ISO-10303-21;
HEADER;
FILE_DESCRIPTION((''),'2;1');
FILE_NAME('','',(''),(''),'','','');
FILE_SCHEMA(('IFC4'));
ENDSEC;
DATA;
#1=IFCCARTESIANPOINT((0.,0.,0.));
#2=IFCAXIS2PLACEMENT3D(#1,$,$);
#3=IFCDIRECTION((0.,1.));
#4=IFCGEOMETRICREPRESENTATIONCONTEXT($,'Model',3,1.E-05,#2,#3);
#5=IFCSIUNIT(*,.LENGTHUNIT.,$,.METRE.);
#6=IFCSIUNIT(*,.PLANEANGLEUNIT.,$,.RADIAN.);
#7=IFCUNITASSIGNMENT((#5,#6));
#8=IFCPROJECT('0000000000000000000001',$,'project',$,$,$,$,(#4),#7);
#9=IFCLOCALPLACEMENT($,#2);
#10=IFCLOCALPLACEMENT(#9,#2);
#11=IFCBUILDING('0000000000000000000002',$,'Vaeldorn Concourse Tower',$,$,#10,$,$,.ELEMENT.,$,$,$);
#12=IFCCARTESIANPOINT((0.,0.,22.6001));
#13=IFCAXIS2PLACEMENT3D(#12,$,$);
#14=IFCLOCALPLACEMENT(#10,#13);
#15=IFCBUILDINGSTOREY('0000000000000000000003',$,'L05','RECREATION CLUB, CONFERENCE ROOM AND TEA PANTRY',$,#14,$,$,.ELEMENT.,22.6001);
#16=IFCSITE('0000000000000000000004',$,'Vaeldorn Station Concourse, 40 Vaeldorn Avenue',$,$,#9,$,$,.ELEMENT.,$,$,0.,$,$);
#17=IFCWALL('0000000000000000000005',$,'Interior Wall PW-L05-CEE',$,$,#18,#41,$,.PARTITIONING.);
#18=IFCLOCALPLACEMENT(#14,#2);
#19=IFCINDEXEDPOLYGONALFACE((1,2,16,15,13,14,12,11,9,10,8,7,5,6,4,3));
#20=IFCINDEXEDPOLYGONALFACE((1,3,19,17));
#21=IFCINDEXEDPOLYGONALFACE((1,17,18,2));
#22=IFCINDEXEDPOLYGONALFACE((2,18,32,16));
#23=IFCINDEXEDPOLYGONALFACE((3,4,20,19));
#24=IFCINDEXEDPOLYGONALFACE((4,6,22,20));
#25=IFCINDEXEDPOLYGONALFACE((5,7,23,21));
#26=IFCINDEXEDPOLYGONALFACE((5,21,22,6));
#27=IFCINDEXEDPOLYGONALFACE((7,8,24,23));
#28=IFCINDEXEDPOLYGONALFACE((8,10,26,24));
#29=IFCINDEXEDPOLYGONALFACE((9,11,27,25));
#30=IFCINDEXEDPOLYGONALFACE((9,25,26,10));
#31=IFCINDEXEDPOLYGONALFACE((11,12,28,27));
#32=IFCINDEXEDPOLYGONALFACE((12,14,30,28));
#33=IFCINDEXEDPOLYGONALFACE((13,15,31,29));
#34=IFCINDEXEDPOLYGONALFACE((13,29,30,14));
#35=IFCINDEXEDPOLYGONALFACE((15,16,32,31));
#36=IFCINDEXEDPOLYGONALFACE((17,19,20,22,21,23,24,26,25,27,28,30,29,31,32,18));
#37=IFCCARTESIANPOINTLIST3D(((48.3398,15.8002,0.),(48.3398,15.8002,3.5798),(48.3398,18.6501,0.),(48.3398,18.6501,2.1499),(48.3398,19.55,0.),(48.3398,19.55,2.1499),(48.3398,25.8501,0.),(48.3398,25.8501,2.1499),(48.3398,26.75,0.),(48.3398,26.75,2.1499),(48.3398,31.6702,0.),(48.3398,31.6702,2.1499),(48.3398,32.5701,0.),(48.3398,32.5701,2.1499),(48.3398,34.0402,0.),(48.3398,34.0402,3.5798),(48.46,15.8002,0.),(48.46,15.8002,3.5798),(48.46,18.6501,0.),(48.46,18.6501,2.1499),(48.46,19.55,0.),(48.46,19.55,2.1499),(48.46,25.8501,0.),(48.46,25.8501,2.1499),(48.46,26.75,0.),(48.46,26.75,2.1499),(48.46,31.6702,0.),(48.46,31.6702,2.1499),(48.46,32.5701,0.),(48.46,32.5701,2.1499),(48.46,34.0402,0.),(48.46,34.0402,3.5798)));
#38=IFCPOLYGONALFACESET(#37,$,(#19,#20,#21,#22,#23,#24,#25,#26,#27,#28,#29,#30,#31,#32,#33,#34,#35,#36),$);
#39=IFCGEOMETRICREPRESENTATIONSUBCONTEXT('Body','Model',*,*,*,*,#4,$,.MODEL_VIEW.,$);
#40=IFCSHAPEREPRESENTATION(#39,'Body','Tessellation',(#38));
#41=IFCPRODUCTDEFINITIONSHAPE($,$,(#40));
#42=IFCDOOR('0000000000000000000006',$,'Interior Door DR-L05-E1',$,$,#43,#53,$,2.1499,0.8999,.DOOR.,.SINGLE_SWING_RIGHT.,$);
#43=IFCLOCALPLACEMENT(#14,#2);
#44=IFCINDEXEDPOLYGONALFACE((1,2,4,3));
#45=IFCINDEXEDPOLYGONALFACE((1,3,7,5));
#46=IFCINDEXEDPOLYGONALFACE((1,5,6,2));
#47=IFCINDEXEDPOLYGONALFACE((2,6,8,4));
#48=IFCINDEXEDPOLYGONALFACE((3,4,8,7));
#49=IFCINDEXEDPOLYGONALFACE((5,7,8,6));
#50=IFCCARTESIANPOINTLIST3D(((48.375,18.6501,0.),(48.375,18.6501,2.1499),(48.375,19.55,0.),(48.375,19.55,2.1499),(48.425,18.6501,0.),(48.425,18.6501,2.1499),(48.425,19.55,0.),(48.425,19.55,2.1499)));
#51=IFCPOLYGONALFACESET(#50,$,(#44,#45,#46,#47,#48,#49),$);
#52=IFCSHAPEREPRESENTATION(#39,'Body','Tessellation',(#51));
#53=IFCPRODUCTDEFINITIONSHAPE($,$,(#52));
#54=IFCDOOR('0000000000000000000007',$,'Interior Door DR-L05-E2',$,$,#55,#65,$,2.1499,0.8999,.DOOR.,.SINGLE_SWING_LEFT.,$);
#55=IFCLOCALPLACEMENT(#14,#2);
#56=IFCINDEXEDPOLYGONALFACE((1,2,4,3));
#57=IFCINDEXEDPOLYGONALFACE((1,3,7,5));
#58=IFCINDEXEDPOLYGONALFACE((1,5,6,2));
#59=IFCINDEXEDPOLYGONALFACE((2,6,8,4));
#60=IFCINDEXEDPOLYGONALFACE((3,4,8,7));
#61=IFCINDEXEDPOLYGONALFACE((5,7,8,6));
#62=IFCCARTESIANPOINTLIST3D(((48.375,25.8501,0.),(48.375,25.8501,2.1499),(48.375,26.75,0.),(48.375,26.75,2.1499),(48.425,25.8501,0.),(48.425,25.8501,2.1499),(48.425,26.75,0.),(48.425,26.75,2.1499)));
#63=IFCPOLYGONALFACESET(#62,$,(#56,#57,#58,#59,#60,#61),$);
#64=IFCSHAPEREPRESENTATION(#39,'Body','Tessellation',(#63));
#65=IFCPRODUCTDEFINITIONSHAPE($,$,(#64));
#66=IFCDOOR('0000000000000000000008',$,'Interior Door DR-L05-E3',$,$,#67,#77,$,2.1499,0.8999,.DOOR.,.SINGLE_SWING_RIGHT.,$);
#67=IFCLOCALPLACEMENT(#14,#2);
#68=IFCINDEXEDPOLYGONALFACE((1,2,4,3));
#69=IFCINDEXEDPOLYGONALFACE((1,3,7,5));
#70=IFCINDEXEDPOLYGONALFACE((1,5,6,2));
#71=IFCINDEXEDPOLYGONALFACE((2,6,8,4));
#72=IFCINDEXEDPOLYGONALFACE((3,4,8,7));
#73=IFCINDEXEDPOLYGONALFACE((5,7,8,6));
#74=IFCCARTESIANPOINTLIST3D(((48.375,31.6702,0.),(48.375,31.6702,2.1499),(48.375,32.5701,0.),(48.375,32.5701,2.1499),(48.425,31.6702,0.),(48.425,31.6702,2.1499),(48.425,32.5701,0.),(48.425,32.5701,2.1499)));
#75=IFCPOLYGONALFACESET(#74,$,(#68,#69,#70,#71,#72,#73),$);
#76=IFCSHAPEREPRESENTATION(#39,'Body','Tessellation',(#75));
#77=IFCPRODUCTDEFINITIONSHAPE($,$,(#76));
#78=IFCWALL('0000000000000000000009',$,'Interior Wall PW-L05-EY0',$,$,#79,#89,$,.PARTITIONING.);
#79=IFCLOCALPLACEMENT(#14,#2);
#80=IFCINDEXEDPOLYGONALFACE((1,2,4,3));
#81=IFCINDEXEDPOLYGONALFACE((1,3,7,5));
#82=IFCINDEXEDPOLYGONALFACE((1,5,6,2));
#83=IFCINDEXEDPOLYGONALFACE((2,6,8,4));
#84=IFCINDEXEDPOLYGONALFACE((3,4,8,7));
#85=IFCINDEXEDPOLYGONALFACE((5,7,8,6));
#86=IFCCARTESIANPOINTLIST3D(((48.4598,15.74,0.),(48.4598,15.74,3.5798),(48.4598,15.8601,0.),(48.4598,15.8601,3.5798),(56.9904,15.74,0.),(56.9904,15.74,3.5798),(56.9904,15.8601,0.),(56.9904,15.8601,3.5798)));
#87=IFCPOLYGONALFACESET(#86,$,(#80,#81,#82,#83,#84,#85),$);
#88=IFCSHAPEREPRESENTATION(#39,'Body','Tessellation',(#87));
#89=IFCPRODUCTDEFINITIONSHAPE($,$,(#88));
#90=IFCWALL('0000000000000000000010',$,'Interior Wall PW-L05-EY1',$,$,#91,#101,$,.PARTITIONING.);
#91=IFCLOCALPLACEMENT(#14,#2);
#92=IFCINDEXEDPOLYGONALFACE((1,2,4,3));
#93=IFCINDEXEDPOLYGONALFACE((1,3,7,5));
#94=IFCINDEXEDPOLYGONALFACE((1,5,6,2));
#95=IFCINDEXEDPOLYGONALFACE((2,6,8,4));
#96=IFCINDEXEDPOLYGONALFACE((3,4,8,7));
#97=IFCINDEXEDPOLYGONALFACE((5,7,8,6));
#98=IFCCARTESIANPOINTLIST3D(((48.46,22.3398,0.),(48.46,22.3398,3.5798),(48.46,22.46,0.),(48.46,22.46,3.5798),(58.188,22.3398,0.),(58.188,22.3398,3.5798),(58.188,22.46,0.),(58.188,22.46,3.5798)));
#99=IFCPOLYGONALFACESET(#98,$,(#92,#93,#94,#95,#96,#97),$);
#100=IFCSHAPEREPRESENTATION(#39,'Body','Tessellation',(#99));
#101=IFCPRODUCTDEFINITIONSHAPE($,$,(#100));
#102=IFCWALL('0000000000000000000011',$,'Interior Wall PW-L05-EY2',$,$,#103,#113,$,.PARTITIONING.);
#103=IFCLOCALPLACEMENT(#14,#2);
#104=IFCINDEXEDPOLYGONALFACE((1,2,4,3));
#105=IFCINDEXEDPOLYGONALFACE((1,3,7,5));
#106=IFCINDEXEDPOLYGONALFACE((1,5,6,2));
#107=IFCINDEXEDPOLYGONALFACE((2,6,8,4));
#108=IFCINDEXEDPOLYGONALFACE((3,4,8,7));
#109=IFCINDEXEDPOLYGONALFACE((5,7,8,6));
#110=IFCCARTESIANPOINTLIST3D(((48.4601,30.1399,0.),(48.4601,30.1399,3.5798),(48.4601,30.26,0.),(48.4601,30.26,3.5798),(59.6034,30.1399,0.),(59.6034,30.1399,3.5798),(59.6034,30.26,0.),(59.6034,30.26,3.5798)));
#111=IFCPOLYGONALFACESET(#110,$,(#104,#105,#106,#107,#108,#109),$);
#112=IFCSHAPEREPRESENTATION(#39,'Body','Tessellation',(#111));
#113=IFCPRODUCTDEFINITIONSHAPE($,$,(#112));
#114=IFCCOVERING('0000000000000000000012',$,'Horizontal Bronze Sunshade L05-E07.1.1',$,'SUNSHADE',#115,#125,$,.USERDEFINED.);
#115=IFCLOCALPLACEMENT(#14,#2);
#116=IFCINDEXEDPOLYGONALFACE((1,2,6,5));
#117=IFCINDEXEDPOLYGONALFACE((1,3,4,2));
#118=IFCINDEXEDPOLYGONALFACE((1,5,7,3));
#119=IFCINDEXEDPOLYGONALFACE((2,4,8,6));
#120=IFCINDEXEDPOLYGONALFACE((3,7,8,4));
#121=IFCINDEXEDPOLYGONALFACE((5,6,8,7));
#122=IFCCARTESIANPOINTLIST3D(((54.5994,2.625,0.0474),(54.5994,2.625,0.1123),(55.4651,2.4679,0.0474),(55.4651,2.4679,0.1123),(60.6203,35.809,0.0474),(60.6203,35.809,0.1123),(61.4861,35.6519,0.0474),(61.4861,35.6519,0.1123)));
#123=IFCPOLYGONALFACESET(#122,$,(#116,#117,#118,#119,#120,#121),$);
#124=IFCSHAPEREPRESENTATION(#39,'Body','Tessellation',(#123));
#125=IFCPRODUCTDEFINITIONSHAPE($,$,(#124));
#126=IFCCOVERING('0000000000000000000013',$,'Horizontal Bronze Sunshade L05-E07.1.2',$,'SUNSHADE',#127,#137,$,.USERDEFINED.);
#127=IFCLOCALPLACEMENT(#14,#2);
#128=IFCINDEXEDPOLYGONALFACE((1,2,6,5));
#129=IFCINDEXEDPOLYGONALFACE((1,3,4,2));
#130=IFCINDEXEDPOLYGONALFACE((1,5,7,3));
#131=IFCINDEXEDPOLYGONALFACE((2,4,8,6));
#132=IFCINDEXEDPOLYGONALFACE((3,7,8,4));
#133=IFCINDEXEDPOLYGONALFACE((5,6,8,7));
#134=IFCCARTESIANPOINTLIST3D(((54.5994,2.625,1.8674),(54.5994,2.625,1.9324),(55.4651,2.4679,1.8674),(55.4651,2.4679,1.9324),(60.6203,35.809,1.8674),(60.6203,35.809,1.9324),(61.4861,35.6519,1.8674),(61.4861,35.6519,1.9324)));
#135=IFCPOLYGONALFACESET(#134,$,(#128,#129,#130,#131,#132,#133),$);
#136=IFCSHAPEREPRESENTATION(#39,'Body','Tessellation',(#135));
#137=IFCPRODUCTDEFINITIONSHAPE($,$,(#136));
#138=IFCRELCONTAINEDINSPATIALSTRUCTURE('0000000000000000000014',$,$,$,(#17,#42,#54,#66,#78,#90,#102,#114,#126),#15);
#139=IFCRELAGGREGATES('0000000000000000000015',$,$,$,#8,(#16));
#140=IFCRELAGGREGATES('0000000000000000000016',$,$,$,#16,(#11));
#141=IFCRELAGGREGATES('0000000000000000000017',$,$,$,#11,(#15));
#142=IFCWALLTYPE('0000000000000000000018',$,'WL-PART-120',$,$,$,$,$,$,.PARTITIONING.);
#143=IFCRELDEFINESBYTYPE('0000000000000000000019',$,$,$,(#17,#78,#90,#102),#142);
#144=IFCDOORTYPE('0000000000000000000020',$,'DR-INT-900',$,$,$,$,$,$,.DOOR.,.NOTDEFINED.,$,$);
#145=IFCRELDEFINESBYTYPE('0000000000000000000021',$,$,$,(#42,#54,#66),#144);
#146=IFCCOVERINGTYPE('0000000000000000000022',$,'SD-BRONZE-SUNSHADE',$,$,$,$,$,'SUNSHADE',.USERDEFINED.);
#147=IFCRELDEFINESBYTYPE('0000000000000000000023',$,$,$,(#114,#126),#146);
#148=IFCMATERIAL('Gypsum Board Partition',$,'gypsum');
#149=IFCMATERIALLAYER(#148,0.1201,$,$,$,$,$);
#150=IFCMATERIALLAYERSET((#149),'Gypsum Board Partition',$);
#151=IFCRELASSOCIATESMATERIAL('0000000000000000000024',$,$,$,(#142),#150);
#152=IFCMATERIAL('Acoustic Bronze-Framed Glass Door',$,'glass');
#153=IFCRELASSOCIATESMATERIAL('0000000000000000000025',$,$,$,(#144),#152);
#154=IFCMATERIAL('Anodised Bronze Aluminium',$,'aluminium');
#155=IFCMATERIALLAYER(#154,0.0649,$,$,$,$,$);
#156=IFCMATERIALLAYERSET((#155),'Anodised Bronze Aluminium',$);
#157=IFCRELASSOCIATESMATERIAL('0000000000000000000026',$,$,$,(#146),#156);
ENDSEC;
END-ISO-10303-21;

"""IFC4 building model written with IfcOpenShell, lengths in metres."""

from ifc_helpers import new_model, si_unit, direction, frame, frame_2d, origin, origin_2d, place, context, subcontext, project, spatial, rectangle, extrude, source, transform, mapped, material, layer, layer_set, type_object, element, fill, save


model = new_model("IFC4")

# Units and contexts
model_context = context("Model", 3, precision=1e-05, world=origin(), true_north=direction((0.0, 1.0)))
body_context = subcontext(model_context, "Body", "Model", "MODEL_VIEW")
ifc_project = project(units=[si_unit("LENGTHUNIT", "METRE"), si_unit("PLANEANGLEUNIT", "RADIAN")], contexts=[model_context])

# Site, building, storey
site_placement = place(None, origin())
site = spatial("IfcSite", under=ifc_project, at=site_placement, Name="Vaeldorn Station Concourse, 40 Vaeldorn Avenue", CompositionType="ELEMENT", RefElevation=0.0)
building_placement = place(site_placement, origin())
building = spatial("IfcBuilding", under=site, at=building_placement, Name="Vaeldorn Concourse Tower", CompositionType="ELEMENT")
storey_placement = place(building_placement, frame((0.0, 0.0, 22.6001)))
storey = spatial("IfcBuildingStorey", under=building, at=storey_placement, Name="L05", Description="RECREATION CLUB, CONFERENCE ROOM AND TEA PANTRY", CompositionType="ELEMENT", Elevation=22.6001)

# Shared definitions
ifc_material_1 = material(Name="Anodised Bronze Aluminium", Category="aluminium")

# Shared definitions
ifc_material_2 = material(Name="Gypsum Board Partition", Category="gypsum")
ifc_layer_1 = layer(ifc_material_2, 0.1201)
ifc_layer_set_1 = layer_set([ifc_layer_1], Name="Gypsum Board Partition")
wall_type = type_object("IfcWallType", Name="WL-PART-120", PredefinedType="PARTITIONING", material=ifc_layer_set_1)

# Shared definitions
ifc_material_3 = material(Name="Acoustic Bronze-Framed Glass Door", Category="glass")
door_type = type_object("IfcDoorType", Name="DR-INT-900", OperationType="NOTDEFINED", PredefinedType="DOOR", material=ifc_material_3)
shared_shape_1 = source(origin(), body_context, "Body", "SweptSolid", [
    extrude(rectangle(XDim=0.8999, YDim=2.1499, at=frame_2d((0.45, 1.075))), frame((0.0, 0.0249, 0.0), z_axis=(0.0, -1.0, 0.0), x_axis=(1.0, 0.0, 0.0)), (0.0, 0.0, 1.0), 0.05),
])

# Wall, openings, doors
wall_1_placement = place(storey_placement, frame((48.3999, 15.8, 0.0), z_axis=(0.0, 0.0, 1.0), x_axis=(0.0, 1.0, 0.0)))
wall_1 = element("IfcWall", 1, at=wall_1_placement, inside=storey, type_object=wall_type, Name="Interior Wall PW-L05-CEE", PredefinedType="PARTITIONING", context=body_context, shape_type="SweptSolid", body=[
    extrude(rectangle(XDim=18.24, YDim=0.1201, at=frame_2d((9.1201, 0.0))), origin(), (0.0, 0.0, 1.0), 3.5798),
])
opening_1_placement = place(wall_1_placement, frame((2.8501, 0.0, 0.0)))
opening_1 = element("IfcOpeningElement", 2, at=opening_1_placement, cuts=wall_1, PredefinedType="OPENING", context=body_context, shape_type="SweptSolid", body=[
    extrude(rectangle(XDim=0.8999, YDim=2.1499, at=frame_2d((0.45, 1.075))), frame((0.0, 0.0701, 0.0), z_axis=(0.0, -1.0, 0.0), x_axis=(1.0, 0.0, 0.0)), (0.0, 0.0, 1.0), 0.1401),
])
opening_2_placement = place(wall_1_placement, frame((10.05, 0.0, 0.0)))
opening_2 = element("IfcOpeningElement", 3, at=opening_2_placement, cuts=wall_1, PredefinedType="OPENING", context=body_context, shape_type="SweptSolid", body=[
    extrude(rectangle(XDim=0.8999, YDim=2.1499, at=frame_2d((0.45, 1.075))), frame((0.0, 0.0701, 0.0), z_axis=(0.0, -1.0, 0.0), x_axis=(1.0, 0.0, 0.0)), (0.0, 0.0, 1.0), 0.1401),
])
opening_3_placement = place(wall_1_placement, frame((15.8701, 0.0, 0.0)))
opening_3 = element("IfcOpeningElement", 4, at=opening_3_placement, cuts=wall_1, PredefinedType="OPENING", context=body_context, shape_type="SweptSolid", body=[
    extrude(rectangle(XDim=0.8999, YDim=2.1499, at=frame_2d((0.45, 1.075))), frame((0.0, 0.0701, 0.0), z_axis=(0.0, -1.0, 0.0), x_axis=(1.0, 0.0, 0.0)), (0.0, 0.0, 1.0), 0.1401),
])
door_1_placement = place(opening_1_placement, origin())
door_1 = element("IfcDoor", 5, at=door_1_placement, inside=storey, type_object=door_type, Name="Interior Door DR-L05-E1", OperationType="SINGLE_SWING_RIGHT", OverallHeight=2.1499, OverallWidth=0.8999, PredefinedType="DOOR", context=body_context, shape_type="MappedRepresentation", body=[
    mapped(shared_shape_1, transform((0.0, 0.0, 0.0), scale=1.0)),
])
fill(opening_1, door_1)
door_2_placement = place(opening_2_placement, origin())
door_2 = element("IfcDoor", 6, at=door_2_placement, inside=storey, type_object=door_type, Name="Interior Door DR-L05-E2", OperationType="SINGLE_SWING_LEFT", OverallHeight=2.1499, OverallWidth=0.8999, PredefinedType="DOOR", context=body_context, shape_type="MappedRepresentation", body=[
    mapped(shared_shape_1, transform((0.0, 0.0, 0.0), scale=1.0)),
])
fill(opening_2, door_2)
door_3_placement = place(opening_3_placement, origin())
door_3 = element("IfcDoor", 7, at=door_3_placement, inside=storey, type_object=door_type, Name="Interior Door DR-L05-E3", OperationType="SINGLE_SWING_RIGHT", OverallHeight=2.1499, OverallWidth=0.8999, PredefinedType="DOOR", context=body_context, shape_type="MappedRepresentation", body=[
    mapped(shared_shape_1, transform((0.0, 0.0, 0.0), scale=1.0)),
])
fill(opening_3, door_3)

# Walls
wall_2_placement = place(storey_placement, frame((48.46, 15.8, 0.0), z_axis=(0.0, 0.0, 1.0), x_axis=(1.0, 0.0, 0.0)))
element("IfcWall", 8, at=wall_2_placement, inside=storey, type_object=wall_type, Name="Interior Wall PW-L05-EY0", PredefinedType="PARTITIONING", context=body_context, shape_type="SweptSolid", body=[
    extrude(rectangle(XDim=8.5305, YDim=0.1201, at=frame_2d((4.2651, 0.0))), origin(), (0.0, 0.0, 1.0), 3.5798),
])
wall_3_placement = place(storey_placement, frame((48.46, 22.3999, 0.0), z_axis=(0.0, 0.0, 1.0), x_axis=(1.0, 0.0, 0.0)))
element("IfcWall", 9, at=wall_3_placement, inside=storey, type_object=wall_type, Name="Interior Wall PW-L05-EY1", PredefinedType="PARTITIONING", context=body_context, shape_type="SweptSolid", body=[
    extrude(rectangle(XDim=9.728, YDim=0.1201, at=frame_2d((4.864, 0.0))), origin(), (0.0, 0.0, 1.0), 3.5798),
])
wall_4_placement = place(storey_placement, frame((48.46, 30.2, 0.0), z_axis=(0.0, 0.0, 1.0), x_axis=(1.0, 0.0, 0.0)))
element("IfcWall", 10, at=wall_4_placement, inside=storey, type_object=wall_type, Name="Interior Wall PW-L05-EY2", PredefinedType="PARTITIONING", context=body_context, shape_type="SweptSolid", body=[
    extrude(rectangle(XDim=11.1433, YDim=0.1201, at=frame_2d((5.5718, 0.0))), origin(), (0.0, 0.0, 1.0), 3.5798),
])

# Coverings
ifc_layer_2 = layer(ifc_material_1, 0.0649)
ifc_layer_set_2 = layer_set([ifc_layer_2], Name="Anodised Bronze Aluminium")
covering_type = type_object("IfcCoveringType", Name="SD-BRONZE-SUNSHADE", ElementType="SUNSHADE", PredefinedType="USERDEFINED", material=ifc_layer_set_2)
shared_shape_2 = source(origin(), body_context, "Body", "SweptSolid", [
    extrude(rectangle(XDim=33.7258, YDim=0.8799, at=origin_2d()), origin(), (0.0, 0.0, 1.0), 0.0649),
])
for number, where, z_axis, x_axis, name in (
    (11, (58.0427, 19.1384, 0.0474), (0.0, 0.0, 1.0), (0.178527, 0.983935, 0.0), "Horizontal Bronze Sunshade L05-E07.1.1"),
    (12, (58.0427, 19.1384, 1.8674), (0.0, 0.0, 1.0), (0.178527, 0.983935, 0.0), "Horizontal Bronze Sunshade L05-E07.1.2"),
):
    element("IfcCovering", number, at=place(storey_placement, frame(where, z_axis=z_axis, x_axis=x_axis)), inside=storey, type_object=covering_type, Name=name, ObjectType="SUNSHADE", PredefinedType="USERDEFINED", context=body_context, shape_type="MappedRepresentation", body=[
        mapped(shared_shape_2, transform((0.0, 0.0, 0.0), scale=1.0)),
    ])

save(model, "model.ifc")
